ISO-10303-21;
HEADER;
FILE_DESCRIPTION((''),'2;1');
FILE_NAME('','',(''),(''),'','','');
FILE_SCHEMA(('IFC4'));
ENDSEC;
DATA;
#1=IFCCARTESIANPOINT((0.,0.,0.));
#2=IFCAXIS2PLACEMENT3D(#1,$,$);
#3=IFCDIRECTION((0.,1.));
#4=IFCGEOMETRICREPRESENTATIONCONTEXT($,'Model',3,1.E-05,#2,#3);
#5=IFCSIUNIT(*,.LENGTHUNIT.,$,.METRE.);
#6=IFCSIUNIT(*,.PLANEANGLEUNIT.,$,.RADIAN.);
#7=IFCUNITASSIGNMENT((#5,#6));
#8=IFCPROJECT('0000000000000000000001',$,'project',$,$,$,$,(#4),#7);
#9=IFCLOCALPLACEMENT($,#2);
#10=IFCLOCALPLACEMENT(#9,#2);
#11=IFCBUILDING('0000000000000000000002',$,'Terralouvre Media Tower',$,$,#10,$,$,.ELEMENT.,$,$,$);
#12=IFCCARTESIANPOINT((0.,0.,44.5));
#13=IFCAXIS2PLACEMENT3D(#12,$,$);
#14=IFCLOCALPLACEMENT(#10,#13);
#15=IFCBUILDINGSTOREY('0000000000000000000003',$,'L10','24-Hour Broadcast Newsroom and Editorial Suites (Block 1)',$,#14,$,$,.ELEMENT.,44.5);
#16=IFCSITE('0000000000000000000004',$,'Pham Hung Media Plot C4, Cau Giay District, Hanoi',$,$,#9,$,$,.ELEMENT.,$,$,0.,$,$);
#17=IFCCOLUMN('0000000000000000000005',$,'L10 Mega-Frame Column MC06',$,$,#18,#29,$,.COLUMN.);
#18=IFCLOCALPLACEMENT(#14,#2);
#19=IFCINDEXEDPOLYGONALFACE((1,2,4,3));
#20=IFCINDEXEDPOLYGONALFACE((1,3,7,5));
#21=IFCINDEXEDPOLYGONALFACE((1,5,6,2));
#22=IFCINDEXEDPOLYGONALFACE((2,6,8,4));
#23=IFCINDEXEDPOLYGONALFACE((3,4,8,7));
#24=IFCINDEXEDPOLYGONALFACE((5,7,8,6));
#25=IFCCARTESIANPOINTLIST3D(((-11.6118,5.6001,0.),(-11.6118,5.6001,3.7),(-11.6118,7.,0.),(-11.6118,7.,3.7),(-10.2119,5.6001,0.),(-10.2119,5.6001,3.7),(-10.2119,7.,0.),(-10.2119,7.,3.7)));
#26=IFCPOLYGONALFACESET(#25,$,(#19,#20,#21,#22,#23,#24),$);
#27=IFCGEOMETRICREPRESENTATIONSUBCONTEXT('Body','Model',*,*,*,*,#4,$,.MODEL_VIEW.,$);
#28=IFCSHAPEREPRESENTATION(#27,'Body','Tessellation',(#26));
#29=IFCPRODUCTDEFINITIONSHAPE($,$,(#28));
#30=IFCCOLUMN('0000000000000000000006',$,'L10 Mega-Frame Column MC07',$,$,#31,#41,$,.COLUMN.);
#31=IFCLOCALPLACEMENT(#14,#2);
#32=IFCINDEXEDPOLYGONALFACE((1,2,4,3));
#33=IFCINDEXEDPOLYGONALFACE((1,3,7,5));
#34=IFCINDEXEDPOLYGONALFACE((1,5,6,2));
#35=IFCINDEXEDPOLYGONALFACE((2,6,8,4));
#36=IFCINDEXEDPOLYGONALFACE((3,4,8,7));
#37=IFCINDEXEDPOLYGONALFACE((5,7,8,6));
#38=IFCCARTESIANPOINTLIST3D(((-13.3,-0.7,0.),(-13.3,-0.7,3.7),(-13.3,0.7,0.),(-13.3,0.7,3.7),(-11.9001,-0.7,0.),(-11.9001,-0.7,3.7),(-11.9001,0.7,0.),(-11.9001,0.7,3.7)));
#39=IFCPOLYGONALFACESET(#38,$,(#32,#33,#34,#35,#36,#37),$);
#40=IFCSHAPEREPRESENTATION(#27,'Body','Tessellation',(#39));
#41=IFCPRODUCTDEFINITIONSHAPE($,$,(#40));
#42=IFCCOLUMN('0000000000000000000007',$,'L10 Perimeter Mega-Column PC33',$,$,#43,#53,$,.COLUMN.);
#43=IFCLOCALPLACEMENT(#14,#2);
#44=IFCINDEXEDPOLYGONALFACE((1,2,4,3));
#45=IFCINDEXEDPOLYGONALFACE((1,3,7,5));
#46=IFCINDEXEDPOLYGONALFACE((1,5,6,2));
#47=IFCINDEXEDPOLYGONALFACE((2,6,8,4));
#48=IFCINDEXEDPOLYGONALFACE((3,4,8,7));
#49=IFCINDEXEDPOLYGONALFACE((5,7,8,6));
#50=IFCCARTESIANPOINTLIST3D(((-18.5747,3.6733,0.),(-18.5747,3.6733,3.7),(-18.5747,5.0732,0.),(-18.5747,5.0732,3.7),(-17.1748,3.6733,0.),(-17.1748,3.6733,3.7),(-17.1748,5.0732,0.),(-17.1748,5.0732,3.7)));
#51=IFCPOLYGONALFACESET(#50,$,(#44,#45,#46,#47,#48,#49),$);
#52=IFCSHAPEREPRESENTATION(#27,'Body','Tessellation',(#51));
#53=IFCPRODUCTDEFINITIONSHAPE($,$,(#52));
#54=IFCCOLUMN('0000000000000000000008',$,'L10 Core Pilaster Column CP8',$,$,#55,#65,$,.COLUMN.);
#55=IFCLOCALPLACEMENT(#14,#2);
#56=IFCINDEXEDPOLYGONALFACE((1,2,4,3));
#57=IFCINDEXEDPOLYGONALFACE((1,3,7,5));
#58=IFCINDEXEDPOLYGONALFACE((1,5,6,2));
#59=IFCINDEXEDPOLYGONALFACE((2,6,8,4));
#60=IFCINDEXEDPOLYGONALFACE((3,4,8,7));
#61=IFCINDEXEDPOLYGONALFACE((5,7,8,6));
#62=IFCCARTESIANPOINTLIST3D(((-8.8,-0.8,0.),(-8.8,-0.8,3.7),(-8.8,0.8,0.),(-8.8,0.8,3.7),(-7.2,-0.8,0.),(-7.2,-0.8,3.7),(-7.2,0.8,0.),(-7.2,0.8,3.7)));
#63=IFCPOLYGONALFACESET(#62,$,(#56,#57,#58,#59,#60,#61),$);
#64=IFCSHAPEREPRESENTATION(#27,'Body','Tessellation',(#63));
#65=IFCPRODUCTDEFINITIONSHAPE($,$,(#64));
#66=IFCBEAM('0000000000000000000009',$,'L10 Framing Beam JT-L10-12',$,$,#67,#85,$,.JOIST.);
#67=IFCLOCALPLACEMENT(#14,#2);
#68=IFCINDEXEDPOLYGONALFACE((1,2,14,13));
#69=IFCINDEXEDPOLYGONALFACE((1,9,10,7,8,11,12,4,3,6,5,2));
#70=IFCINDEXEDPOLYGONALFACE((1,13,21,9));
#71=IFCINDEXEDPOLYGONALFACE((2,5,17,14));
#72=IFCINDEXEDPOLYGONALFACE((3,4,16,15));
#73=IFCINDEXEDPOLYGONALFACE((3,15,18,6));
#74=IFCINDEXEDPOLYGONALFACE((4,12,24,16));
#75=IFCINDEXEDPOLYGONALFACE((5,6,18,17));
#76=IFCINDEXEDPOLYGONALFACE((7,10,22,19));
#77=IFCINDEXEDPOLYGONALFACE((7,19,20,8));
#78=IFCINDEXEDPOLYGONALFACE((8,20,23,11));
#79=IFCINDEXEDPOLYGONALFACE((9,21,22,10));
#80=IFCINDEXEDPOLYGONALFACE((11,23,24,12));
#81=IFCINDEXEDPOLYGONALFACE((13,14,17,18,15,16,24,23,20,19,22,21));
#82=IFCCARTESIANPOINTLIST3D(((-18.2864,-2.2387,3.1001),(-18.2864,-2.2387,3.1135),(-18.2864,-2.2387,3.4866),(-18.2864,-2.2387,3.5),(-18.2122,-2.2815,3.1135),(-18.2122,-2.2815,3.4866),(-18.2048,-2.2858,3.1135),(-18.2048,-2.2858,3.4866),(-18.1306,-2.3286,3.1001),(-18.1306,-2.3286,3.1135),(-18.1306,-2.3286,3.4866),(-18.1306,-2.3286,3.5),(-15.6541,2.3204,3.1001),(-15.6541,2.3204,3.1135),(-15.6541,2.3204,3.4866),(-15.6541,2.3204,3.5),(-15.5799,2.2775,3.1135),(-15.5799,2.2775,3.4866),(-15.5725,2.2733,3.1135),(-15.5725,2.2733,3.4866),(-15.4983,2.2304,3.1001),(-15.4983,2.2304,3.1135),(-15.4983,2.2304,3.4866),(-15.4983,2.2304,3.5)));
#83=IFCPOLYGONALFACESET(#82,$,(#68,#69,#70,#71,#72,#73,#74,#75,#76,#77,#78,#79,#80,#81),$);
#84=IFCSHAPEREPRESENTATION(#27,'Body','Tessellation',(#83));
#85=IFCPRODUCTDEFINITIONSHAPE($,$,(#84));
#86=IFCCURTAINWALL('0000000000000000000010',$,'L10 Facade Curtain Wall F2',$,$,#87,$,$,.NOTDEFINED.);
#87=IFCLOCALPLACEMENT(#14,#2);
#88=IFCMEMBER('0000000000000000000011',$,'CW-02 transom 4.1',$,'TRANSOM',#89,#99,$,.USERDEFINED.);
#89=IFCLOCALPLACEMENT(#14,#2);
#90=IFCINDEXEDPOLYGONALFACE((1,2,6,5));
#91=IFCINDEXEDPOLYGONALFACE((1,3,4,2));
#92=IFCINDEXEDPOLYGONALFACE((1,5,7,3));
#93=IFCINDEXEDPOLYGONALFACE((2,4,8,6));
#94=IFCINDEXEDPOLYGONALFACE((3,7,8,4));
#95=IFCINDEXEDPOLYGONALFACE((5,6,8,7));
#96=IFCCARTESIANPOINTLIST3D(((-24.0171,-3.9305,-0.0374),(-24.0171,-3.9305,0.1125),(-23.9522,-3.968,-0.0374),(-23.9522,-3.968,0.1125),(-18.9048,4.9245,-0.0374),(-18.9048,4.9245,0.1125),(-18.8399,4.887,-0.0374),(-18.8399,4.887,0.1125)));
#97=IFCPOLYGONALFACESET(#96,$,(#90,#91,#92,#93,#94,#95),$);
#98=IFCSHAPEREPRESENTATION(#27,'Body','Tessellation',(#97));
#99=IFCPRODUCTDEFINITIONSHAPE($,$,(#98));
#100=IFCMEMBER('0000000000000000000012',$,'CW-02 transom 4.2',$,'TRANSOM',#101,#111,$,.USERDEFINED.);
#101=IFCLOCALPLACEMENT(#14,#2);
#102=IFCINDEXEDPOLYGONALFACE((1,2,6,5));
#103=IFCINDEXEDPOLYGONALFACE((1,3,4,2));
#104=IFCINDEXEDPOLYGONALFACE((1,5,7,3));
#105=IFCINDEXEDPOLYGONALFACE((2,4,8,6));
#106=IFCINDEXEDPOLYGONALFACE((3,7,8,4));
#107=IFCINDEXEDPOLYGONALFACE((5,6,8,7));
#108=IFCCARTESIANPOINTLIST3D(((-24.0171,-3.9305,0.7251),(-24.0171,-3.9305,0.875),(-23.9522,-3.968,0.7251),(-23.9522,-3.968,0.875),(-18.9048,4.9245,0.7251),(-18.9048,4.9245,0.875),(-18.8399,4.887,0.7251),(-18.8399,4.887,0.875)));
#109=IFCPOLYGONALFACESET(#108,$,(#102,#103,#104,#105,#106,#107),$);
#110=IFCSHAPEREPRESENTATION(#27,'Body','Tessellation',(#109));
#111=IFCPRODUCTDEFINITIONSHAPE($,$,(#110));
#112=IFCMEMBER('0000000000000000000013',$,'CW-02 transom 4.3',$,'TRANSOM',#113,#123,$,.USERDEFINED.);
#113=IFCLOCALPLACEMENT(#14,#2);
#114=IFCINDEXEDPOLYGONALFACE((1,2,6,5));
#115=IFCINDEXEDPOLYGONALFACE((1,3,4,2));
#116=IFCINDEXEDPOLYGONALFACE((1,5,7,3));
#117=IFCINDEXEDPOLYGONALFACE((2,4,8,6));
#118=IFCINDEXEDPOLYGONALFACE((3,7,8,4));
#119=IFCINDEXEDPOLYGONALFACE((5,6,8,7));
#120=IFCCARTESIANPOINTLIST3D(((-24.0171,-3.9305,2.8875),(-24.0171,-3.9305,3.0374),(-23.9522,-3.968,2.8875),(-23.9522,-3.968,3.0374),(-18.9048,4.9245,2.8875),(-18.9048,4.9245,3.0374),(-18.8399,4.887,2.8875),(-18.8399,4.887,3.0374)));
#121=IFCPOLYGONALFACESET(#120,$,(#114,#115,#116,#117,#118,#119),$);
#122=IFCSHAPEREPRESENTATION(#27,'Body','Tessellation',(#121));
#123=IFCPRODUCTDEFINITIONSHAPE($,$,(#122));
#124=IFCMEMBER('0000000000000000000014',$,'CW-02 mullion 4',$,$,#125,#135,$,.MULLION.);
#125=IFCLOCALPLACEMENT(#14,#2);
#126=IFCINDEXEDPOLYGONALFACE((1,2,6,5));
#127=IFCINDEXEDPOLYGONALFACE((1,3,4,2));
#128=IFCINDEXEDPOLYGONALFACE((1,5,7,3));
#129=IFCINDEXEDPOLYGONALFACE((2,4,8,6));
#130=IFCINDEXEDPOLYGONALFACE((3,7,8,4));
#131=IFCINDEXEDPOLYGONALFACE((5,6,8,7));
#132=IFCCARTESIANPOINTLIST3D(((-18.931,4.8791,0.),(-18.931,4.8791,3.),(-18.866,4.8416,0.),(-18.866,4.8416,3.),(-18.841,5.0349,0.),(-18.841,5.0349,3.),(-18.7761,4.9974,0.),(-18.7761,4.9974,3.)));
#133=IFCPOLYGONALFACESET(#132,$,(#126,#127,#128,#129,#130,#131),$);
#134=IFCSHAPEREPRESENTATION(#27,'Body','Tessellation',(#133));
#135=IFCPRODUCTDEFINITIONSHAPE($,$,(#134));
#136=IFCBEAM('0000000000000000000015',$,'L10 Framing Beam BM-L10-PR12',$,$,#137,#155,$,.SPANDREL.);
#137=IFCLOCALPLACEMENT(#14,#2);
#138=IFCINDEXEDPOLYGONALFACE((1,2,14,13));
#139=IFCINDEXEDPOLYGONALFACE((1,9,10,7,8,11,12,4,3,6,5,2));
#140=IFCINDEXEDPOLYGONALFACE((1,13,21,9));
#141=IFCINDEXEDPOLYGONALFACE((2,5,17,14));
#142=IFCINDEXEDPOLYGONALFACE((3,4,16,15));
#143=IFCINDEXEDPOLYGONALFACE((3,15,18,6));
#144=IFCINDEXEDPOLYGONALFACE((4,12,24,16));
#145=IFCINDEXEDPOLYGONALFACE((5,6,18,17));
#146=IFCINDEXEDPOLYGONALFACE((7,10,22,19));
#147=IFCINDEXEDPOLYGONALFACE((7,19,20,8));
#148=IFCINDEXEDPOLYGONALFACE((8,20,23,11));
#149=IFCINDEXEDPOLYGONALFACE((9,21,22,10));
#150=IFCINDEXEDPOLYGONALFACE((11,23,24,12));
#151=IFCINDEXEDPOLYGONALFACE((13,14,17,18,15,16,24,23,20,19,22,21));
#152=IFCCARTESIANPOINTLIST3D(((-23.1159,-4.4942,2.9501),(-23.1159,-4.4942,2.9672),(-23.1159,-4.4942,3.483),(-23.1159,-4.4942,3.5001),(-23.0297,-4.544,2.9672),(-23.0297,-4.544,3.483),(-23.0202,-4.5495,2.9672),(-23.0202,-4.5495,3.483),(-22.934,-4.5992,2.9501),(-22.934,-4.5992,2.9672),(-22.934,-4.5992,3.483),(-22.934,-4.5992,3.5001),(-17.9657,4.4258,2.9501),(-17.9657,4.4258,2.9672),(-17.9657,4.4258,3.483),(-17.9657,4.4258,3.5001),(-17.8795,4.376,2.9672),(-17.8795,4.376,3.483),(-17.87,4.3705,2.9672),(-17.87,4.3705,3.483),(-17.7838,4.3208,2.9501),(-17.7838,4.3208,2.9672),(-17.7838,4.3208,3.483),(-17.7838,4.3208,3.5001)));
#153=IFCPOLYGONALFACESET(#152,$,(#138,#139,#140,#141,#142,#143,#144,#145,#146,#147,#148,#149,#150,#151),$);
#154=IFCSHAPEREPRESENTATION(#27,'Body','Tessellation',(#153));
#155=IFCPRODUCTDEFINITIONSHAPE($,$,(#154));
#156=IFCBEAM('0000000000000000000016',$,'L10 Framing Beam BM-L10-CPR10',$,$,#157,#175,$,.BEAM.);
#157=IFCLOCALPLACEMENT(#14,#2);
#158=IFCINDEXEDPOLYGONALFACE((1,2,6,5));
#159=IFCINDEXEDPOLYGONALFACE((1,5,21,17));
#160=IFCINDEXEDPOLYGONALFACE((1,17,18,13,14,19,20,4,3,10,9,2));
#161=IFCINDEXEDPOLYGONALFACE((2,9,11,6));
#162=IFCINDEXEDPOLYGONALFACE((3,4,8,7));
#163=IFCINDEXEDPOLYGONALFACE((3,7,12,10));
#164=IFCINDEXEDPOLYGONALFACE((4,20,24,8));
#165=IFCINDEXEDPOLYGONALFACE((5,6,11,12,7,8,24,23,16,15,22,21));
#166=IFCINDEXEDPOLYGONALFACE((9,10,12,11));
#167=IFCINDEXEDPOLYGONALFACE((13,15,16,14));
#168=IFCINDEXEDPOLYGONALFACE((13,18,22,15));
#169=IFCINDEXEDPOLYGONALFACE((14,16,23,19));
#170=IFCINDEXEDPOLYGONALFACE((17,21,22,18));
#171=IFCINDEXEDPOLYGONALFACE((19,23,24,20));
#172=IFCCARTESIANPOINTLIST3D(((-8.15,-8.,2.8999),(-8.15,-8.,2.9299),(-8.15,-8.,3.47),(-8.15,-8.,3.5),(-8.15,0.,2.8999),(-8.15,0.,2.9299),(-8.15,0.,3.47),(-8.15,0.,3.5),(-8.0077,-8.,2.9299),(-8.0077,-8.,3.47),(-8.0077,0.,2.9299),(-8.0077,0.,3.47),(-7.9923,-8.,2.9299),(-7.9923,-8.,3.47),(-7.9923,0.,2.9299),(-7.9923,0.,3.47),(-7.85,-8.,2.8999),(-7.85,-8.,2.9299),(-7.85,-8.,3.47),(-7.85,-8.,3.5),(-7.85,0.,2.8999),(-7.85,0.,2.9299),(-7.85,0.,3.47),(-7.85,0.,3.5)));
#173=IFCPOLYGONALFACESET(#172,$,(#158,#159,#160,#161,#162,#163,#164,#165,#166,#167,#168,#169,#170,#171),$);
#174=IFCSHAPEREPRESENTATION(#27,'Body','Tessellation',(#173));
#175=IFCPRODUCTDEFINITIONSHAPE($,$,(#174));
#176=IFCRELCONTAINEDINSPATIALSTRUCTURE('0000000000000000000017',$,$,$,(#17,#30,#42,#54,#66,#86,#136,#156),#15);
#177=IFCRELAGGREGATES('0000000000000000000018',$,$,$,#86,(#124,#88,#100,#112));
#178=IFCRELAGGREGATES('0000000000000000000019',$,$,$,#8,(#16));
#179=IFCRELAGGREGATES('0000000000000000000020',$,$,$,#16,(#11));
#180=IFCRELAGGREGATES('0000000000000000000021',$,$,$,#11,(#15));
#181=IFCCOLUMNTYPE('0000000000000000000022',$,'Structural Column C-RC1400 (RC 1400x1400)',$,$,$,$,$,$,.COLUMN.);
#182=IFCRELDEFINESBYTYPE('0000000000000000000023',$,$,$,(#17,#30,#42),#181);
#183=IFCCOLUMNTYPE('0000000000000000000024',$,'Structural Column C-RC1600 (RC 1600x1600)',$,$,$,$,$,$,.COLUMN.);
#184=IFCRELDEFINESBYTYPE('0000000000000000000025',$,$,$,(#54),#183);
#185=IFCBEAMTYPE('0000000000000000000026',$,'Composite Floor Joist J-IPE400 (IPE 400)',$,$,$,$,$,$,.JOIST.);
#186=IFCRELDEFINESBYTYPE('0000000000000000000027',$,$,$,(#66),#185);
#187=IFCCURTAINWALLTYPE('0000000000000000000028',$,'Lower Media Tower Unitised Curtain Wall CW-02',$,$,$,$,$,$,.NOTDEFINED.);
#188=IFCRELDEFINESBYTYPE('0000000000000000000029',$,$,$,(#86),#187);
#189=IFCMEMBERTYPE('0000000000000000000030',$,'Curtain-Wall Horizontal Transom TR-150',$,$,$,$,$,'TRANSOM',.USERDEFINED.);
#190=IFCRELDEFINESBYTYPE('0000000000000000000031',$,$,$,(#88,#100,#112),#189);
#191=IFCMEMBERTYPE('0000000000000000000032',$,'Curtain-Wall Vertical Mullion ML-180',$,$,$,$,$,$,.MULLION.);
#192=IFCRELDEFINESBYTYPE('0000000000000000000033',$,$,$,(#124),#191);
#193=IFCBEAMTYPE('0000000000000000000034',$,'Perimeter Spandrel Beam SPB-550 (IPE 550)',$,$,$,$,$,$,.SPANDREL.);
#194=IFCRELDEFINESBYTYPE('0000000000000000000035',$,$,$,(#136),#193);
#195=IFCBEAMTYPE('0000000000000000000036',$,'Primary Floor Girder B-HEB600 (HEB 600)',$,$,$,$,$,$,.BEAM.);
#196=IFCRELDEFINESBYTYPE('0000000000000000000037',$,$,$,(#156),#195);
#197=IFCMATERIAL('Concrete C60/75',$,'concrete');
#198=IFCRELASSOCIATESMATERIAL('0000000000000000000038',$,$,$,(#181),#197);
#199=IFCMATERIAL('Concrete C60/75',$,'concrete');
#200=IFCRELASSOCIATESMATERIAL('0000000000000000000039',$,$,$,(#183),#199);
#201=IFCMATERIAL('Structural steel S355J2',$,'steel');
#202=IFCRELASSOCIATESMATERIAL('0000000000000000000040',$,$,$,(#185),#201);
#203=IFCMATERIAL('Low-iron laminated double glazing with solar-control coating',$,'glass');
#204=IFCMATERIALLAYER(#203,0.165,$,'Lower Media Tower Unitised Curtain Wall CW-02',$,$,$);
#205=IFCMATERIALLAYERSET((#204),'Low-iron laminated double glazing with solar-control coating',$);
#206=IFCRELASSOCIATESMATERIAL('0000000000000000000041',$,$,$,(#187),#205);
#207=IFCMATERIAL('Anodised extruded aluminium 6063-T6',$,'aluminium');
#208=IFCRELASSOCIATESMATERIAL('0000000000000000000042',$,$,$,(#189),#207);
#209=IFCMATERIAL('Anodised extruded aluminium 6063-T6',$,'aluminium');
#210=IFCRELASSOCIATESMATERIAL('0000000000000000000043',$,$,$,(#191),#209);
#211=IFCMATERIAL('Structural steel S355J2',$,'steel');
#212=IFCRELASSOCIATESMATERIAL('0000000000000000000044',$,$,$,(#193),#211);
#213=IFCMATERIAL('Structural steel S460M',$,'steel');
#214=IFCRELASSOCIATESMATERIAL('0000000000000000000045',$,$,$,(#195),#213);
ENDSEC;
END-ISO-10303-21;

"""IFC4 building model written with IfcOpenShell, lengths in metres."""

from ifc_helpers import new_model, si_unit, direction, frame, origin, origin_2d, place, context, subcontext, project, spatial, rectangle, i_section, extrude, material, layer, layer_set, material_profile, profile_set, type_object, element, aggregate, save


model = new_model("IFC4")

# Units and contexts
model_context = context("Model", 3, precision=1e-05, world=origin(), true_north=direction((0.0, 1.0)))
body_context = subcontext(model_context, "Body", "Model", "MODEL_VIEW")
ifc_project = project(units=[si_unit("LENGTHUNIT", "METRE"), si_unit("PLANEANGLEUNIT", "RADIAN")], contexts=[model_context])

# Site, building, storey
site_placement = place(None, origin())
site = spatial("IfcSite", under=ifc_project, at=site_placement, Name="Pham Hung Media Plot C4, Cau Giay District, Hanoi", CompositionType="ELEMENT", RefElevation=0.0)
building_placement = place(site_placement, origin())
building = spatial("IfcBuilding", under=site, at=building_placement, Name="Terralouvre Media Tower", CompositionType="ELEMENT")
storey_placement = place(building_placement, frame((0.0, 0.0, 44.5)))
storey = spatial("IfcBuildingStorey", under=building, at=storey_placement, Name="L10", Description="24-Hour Broadcast Newsroom and Editorial Suites (Block 1)", CompositionType="ELEMENT", Elevation=44.5)

# Columns
ifc_material_1 = material(Name="Concrete C60/75", Category="concrete")
ifc_material_profile_1 = material_profile(ifc_material_1, rectangle(XDim=1.3999, YDim=1.3999, at=origin_2d()), Name="RC 1400x1400")
ifc_profile_set_1 = profile_set([ifc_material_profile_1], Name="Concrete C60/75")
column_type_1 = type_object("IfcColumnType", Name="Structural Column C-RC1400 (RC 1400x1400)", PredefinedType="COLUMN", material=ifc_profile_set_1)
for number, where, z_axis, x_axis, name in (
    (1, (-10.9119, 6.3, 0.0), (0.0, 0.0, 1.0), (1.0, 0.0, 0.0), "L10 Mega-Frame Column MC06"),
    (2, (-12.6001, 0.0, 0.0), (0.0, 0.0, 1.0), (1.0, 0.0, 0.0), "L10 Mega-Frame Column MC07"),
    (3, (-17.8748, 4.3733, 0.0), (0.0, 0.0, 1.0), (1.0, 0.0, 0.0), "L10 Perimeter Mega-Column PC33"),
):
    element("IfcColumn", number, at=place(storey_placement, frame(where, z_axis=z_axis, x_axis=x_axis)), inside=storey, type_object=column_type_1, Name=name, PredefinedType="COLUMN", context=body_context, shape_type="SweptSolid", body=[
        extrude(rectangle(XDim=1.3999, YDim=1.3999, at=origin_2d()), origin(), (0.0, 0.0, 1.0), 3.7),
    ])
ifc_material_2 = material(Name="Concrete C60/75", Category="concrete")
ifc_material_profile_2 = material_profile(ifc_material_2, rectangle(XDim=1.6001, YDim=1.6001, at=origin_2d()), Name="RC 1600x1600")
ifc_profile_set_2 = profile_set([ifc_material_profile_2], Name="Concrete C60/75")
column_type_2 = type_object("IfcColumnType", Name="Structural Column C-RC1600 (RC 1600x1600)", PredefinedType="COLUMN", material=ifc_profile_set_2)
column_placement = place(storey_placement, frame((-8.0, 0.0, 0.0), z_axis=(0.0, 0.0, 1.0), x_axis=(1.0, 0.0, 0.0)))
element("IfcColumn", 4, at=column_placement, inside=storey, type_object=column_type_2, Name="L10 Core Pilaster Column CP8", PredefinedType="COLUMN", context=body_context, shape_type="SweptSolid", body=[
    extrude(rectangle(XDim=1.6001, YDim=1.6001, at=origin_2d()), origin(), (0.0, 0.0, 1.0), 3.7),
])

# Beam
ifc_material_3 = material(Name="Structural steel S355J2", Category="steel")
ifc_material_profile_3 = material_profile(ifc_material_3, i_section(OverallWidth=0.1799, OverallDepth=0.3999, WebThickness=0.0085, FlangeThickness=0.0134, at=origin_2d()), Name="IPE 400")
ifc_profile_set_3 = profile_set([ifc_material_profile_3], Name="Structural steel S355J2")
beam_type_1 = type_object("IfcBeamType", Name="Composite Floor Joist J-IPE400 (IPE 400)", PredefinedType="JOIST", material=ifc_profile_set_3)
beam_1_placement = place(storey_placement, frame((-15.5762, 2.2754, 3.3), z_axis=(-0.50002, -0.866014, 0.0), x_axis=(0.866014, -0.50002, 0.0)))
element("IfcBeam", 5, at=beam_1_placement, inside=storey, type_object=beam_type_1, Name="L10 Framing Beam JT-L10-12", PredefinedType="JOIST", context=body_context, shape_type="SweptSolid", body=[
    extrude(i_section(OverallWidth=0.1799, OverallDepth=0.3999, WebThickness=0.0085, FlangeThickness=0.0134, at=origin_2d()), origin(), (0.0, 0.0, 1.0), 5.2644),
])

# Curtain wall, members
ifc_material_4 = material(Name="Low-iron laminated double glazing with solar-control coating", Category="glass")
ifc_layer_1 = layer(ifc_material_4, 0.165, Name="Lower Media Tower Unitised Curtain Wall CW-02")
ifc_layer_set_1 = layer_set([ifc_layer_1], Name="Low-iron laminated double glazing with solar-control coating")
curtain_wall_type = type_object("IfcCurtainWallType", Name="Lower Media Tower Unitised Curtain Wall CW-02", PredefinedType="NOTDEFINED", material=ifc_layer_set_1)
curtain_wall_placement = place(storey_placement, origin())
curtain_wall = element("IfcCurtainWall", 6, at=curtain_wall_placement, inside=storey, type_object=curtain_wall_type, Name="L10 Facade Curtain Wall F2", PredefinedType="NOTDEFINED")
ifc_material_5 = material(Name="Anodised extruded aluminium 6063-T6", Category="aluminium")
ifc_material_profile_4 = material_profile(ifc_material_5, rectangle(XDim=0.075, YDim=0.1499, at=origin_2d()), Name="ALU 75x150")
ifc_profile_set_4 = profile_set([ifc_material_profile_4], Name="Anodised extruded aluminium 6063-T6")
member_type_1 = type_object("IfcMemberType", Name="Curtain-Wall Horizontal Transom TR-150", ElementType="TRANSOM", PredefinedType="USERDEFINED", material=ifc_profile_set_4)
member_1_placement = place(storey_placement, frame((-18.8723, 4.9058, 0.0376), z_axis=(-0.499991, -0.866031, 0.0), x_axis=(0.866031, -0.499991, 0.0)))
member_1 = element("IfcMember", 7, at=member_1_placement, type_object=member_type_1, Name="CW-02 transom 4.1", ObjectType="TRANSOM", PredefinedType="USERDEFINED", context=body_context, shape_type="SweptSolid", body=[
    extrude(rectangle(XDim=0.075, YDim=0.1499, at=origin_2d()), origin(), (0.0, 0.0, 1.0), 10.2249),
])
member_2_placement = place(storey_placement, frame((-18.8723, 4.9058, 0.8), z_axis=(-0.499991, -0.866031, 0.0), x_axis=(0.866031, -0.499991, 0.0)))
member_2 = element("IfcMember", 8, at=member_2_placement, type_object=member_type_1, Name="CW-02 transom 4.2", ObjectType="TRANSOM", PredefinedType="USERDEFINED", context=body_context, shape_type="SweptSolid", body=[
    extrude(rectangle(XDim=0.075, YDim=0.1499, at=origin_2d()), origin(), (0.0, 0.0, 1.0), 10.2249),
])
member_3_placement = place(storey_placement, frame((-18.8723, 4.9058, 2.9624), z_axis=(-0.499991, -0.866031, 0.0), x_axis=(0.866031, -0.499991, 0.0)))
member_3 = element("IfcMember", 9, at=member_3_placement, type_object=member_type_1, Name="CW-02 transom 4.3", ObjectType="TRANSOM", PredefinedType="USERDEFINED", context=body_context, shape_type="SweptSolid", body=[
    extrude(rectangle(XDim=0.075, YDim=0.1499, at=origin_2d()), origin(), (0.0, 0.0, 1.0), 10.2249),
])
ifc_material_6 = material(Name="Anodised extruded aluminium 6063-T6", Category="aluminium")
ifc_material_profile_5 = material_profile(ifc_material_6, rectangle(XDim=0.075, YDim=0.1799, at=origin_2d()), Name="ALU 75x180")
ifc_profile_set_5 = profile_set([ifc_material_profile_5], Name="Anodised extruded aluminium 6063-T6")
member_type_2 = type_object("IfcMemberType", Name="Curtain-Wall Vertical Mullion ML-180", PredefinedType="MULLION", material=ifc_profile_set_5)
member_4_placement = place(storey_placement, frame((-18.8535, 4.9382, 0.0), z_axis=(0.0, 0.0, 1.0), x_axis=(0.866025, -0.5, 0.0)))
member_4 = element("IfcMember", 10, at=member_4_placement, type_object=member_type_2, Name="CW-02 mullion 4", PredefinedType="MULLION", context=body_context, shape_type="SweptSolid", body=[
    extrude(rectangle(XDim=0.075, YDim=0.1799, at=origin_2d()), origin(), (0.0, 0.0, 1.0), 3.0),
])

# Beams
ifc_material_7 = material(Name="Structural steel S355J2", Category="steel")
ifc_material_profile_6 = material_profile(ifc_material_7, i_section(OverallWidth=0.21, OverallDepth=0.55, WebThickness=0.011, FlangeThickness=0.0171, at=origin_2d()), Name="IPE 550")
ifc_profile_set_6 = profile_set([ifc_material_profile_6], Name="Structural steel S355J2")
beam_type_2 = type_object("IfcBeamType", Name="Perimeter Spandrel Beam SPB-550 (IPE 550)", PredefinedType="SPANDREL", material=ifc_profile_set_6)
beam_2_placement = place(storey_placement, frame((-17.8748, 4.3733, 3.2251), z_axis=(-0.500017, -0.866016, 0.0), x_axis=(0.866016, -0.500017, 0.0)))
element("IfcBeam", 11, at=beam_2_placement, inside=storey, type_object=beam_type_2, Name="L10 Framing Beam BM-L10-PR12", PredefinedType="SPANDREL", context=body_context, shape_type="SweptSolid", body=[
    extrude(i_section(OverallWidth=0.21, OverallDepth=0.55, WebThickness=0.011, FlangeThickness=0.0171, at=origin_2d()), origin(), (0.0, 0.0, 1.0), 10.3),
])
ifc_material_8 = material(Name="Structural steel S460M", Category="steel")
ifc_material_profile_7 = material_profile(ifc_material_8, i_section(OverallWidth=0.3, OverallDepth=0.6001, WebThickness=0.0154, FlangeThickness=0.03, at=origin_2d()), Name="HEB 600")
ifc_profile_set_7 = profile_set([ifc_material_profile_7], Name="Structural steel S460M")
beam_type_3 = type_object("IfcBeamType", Name="Primary Floor Girder B-HEB600 (HEB 600)", PredefinedType="BEAM", material=ifc_profile_set_7)
beam_3_placement = place(storey_placement, frame((-8.0, 0.0, 3.2), z_axis=(0.0, -1.0, 0.0), x_axis=(1.0, 0.0, 0.0)))
element("IfcBeam", 12, at=beam_3_placement, inside=storey, type_object=beam_type_3, Name="L10 Framing Beam BM-L10-CPR10", PredefinedType="BEAM", context=body_context, shape_type="SweptSolid", body=[
    extrude(i_section(OverallWidth=0.3, OverallDepth=0.6001, WebThickness=0.0154, FlangeThickness=0.03, at=origin_2d()), origin(), (0.0, 0.0, 1.0), 8.0),
])

aggregate(curtain_wall, [member_4, member_1, member_2, member_3])

save(model, "model.ifc")
